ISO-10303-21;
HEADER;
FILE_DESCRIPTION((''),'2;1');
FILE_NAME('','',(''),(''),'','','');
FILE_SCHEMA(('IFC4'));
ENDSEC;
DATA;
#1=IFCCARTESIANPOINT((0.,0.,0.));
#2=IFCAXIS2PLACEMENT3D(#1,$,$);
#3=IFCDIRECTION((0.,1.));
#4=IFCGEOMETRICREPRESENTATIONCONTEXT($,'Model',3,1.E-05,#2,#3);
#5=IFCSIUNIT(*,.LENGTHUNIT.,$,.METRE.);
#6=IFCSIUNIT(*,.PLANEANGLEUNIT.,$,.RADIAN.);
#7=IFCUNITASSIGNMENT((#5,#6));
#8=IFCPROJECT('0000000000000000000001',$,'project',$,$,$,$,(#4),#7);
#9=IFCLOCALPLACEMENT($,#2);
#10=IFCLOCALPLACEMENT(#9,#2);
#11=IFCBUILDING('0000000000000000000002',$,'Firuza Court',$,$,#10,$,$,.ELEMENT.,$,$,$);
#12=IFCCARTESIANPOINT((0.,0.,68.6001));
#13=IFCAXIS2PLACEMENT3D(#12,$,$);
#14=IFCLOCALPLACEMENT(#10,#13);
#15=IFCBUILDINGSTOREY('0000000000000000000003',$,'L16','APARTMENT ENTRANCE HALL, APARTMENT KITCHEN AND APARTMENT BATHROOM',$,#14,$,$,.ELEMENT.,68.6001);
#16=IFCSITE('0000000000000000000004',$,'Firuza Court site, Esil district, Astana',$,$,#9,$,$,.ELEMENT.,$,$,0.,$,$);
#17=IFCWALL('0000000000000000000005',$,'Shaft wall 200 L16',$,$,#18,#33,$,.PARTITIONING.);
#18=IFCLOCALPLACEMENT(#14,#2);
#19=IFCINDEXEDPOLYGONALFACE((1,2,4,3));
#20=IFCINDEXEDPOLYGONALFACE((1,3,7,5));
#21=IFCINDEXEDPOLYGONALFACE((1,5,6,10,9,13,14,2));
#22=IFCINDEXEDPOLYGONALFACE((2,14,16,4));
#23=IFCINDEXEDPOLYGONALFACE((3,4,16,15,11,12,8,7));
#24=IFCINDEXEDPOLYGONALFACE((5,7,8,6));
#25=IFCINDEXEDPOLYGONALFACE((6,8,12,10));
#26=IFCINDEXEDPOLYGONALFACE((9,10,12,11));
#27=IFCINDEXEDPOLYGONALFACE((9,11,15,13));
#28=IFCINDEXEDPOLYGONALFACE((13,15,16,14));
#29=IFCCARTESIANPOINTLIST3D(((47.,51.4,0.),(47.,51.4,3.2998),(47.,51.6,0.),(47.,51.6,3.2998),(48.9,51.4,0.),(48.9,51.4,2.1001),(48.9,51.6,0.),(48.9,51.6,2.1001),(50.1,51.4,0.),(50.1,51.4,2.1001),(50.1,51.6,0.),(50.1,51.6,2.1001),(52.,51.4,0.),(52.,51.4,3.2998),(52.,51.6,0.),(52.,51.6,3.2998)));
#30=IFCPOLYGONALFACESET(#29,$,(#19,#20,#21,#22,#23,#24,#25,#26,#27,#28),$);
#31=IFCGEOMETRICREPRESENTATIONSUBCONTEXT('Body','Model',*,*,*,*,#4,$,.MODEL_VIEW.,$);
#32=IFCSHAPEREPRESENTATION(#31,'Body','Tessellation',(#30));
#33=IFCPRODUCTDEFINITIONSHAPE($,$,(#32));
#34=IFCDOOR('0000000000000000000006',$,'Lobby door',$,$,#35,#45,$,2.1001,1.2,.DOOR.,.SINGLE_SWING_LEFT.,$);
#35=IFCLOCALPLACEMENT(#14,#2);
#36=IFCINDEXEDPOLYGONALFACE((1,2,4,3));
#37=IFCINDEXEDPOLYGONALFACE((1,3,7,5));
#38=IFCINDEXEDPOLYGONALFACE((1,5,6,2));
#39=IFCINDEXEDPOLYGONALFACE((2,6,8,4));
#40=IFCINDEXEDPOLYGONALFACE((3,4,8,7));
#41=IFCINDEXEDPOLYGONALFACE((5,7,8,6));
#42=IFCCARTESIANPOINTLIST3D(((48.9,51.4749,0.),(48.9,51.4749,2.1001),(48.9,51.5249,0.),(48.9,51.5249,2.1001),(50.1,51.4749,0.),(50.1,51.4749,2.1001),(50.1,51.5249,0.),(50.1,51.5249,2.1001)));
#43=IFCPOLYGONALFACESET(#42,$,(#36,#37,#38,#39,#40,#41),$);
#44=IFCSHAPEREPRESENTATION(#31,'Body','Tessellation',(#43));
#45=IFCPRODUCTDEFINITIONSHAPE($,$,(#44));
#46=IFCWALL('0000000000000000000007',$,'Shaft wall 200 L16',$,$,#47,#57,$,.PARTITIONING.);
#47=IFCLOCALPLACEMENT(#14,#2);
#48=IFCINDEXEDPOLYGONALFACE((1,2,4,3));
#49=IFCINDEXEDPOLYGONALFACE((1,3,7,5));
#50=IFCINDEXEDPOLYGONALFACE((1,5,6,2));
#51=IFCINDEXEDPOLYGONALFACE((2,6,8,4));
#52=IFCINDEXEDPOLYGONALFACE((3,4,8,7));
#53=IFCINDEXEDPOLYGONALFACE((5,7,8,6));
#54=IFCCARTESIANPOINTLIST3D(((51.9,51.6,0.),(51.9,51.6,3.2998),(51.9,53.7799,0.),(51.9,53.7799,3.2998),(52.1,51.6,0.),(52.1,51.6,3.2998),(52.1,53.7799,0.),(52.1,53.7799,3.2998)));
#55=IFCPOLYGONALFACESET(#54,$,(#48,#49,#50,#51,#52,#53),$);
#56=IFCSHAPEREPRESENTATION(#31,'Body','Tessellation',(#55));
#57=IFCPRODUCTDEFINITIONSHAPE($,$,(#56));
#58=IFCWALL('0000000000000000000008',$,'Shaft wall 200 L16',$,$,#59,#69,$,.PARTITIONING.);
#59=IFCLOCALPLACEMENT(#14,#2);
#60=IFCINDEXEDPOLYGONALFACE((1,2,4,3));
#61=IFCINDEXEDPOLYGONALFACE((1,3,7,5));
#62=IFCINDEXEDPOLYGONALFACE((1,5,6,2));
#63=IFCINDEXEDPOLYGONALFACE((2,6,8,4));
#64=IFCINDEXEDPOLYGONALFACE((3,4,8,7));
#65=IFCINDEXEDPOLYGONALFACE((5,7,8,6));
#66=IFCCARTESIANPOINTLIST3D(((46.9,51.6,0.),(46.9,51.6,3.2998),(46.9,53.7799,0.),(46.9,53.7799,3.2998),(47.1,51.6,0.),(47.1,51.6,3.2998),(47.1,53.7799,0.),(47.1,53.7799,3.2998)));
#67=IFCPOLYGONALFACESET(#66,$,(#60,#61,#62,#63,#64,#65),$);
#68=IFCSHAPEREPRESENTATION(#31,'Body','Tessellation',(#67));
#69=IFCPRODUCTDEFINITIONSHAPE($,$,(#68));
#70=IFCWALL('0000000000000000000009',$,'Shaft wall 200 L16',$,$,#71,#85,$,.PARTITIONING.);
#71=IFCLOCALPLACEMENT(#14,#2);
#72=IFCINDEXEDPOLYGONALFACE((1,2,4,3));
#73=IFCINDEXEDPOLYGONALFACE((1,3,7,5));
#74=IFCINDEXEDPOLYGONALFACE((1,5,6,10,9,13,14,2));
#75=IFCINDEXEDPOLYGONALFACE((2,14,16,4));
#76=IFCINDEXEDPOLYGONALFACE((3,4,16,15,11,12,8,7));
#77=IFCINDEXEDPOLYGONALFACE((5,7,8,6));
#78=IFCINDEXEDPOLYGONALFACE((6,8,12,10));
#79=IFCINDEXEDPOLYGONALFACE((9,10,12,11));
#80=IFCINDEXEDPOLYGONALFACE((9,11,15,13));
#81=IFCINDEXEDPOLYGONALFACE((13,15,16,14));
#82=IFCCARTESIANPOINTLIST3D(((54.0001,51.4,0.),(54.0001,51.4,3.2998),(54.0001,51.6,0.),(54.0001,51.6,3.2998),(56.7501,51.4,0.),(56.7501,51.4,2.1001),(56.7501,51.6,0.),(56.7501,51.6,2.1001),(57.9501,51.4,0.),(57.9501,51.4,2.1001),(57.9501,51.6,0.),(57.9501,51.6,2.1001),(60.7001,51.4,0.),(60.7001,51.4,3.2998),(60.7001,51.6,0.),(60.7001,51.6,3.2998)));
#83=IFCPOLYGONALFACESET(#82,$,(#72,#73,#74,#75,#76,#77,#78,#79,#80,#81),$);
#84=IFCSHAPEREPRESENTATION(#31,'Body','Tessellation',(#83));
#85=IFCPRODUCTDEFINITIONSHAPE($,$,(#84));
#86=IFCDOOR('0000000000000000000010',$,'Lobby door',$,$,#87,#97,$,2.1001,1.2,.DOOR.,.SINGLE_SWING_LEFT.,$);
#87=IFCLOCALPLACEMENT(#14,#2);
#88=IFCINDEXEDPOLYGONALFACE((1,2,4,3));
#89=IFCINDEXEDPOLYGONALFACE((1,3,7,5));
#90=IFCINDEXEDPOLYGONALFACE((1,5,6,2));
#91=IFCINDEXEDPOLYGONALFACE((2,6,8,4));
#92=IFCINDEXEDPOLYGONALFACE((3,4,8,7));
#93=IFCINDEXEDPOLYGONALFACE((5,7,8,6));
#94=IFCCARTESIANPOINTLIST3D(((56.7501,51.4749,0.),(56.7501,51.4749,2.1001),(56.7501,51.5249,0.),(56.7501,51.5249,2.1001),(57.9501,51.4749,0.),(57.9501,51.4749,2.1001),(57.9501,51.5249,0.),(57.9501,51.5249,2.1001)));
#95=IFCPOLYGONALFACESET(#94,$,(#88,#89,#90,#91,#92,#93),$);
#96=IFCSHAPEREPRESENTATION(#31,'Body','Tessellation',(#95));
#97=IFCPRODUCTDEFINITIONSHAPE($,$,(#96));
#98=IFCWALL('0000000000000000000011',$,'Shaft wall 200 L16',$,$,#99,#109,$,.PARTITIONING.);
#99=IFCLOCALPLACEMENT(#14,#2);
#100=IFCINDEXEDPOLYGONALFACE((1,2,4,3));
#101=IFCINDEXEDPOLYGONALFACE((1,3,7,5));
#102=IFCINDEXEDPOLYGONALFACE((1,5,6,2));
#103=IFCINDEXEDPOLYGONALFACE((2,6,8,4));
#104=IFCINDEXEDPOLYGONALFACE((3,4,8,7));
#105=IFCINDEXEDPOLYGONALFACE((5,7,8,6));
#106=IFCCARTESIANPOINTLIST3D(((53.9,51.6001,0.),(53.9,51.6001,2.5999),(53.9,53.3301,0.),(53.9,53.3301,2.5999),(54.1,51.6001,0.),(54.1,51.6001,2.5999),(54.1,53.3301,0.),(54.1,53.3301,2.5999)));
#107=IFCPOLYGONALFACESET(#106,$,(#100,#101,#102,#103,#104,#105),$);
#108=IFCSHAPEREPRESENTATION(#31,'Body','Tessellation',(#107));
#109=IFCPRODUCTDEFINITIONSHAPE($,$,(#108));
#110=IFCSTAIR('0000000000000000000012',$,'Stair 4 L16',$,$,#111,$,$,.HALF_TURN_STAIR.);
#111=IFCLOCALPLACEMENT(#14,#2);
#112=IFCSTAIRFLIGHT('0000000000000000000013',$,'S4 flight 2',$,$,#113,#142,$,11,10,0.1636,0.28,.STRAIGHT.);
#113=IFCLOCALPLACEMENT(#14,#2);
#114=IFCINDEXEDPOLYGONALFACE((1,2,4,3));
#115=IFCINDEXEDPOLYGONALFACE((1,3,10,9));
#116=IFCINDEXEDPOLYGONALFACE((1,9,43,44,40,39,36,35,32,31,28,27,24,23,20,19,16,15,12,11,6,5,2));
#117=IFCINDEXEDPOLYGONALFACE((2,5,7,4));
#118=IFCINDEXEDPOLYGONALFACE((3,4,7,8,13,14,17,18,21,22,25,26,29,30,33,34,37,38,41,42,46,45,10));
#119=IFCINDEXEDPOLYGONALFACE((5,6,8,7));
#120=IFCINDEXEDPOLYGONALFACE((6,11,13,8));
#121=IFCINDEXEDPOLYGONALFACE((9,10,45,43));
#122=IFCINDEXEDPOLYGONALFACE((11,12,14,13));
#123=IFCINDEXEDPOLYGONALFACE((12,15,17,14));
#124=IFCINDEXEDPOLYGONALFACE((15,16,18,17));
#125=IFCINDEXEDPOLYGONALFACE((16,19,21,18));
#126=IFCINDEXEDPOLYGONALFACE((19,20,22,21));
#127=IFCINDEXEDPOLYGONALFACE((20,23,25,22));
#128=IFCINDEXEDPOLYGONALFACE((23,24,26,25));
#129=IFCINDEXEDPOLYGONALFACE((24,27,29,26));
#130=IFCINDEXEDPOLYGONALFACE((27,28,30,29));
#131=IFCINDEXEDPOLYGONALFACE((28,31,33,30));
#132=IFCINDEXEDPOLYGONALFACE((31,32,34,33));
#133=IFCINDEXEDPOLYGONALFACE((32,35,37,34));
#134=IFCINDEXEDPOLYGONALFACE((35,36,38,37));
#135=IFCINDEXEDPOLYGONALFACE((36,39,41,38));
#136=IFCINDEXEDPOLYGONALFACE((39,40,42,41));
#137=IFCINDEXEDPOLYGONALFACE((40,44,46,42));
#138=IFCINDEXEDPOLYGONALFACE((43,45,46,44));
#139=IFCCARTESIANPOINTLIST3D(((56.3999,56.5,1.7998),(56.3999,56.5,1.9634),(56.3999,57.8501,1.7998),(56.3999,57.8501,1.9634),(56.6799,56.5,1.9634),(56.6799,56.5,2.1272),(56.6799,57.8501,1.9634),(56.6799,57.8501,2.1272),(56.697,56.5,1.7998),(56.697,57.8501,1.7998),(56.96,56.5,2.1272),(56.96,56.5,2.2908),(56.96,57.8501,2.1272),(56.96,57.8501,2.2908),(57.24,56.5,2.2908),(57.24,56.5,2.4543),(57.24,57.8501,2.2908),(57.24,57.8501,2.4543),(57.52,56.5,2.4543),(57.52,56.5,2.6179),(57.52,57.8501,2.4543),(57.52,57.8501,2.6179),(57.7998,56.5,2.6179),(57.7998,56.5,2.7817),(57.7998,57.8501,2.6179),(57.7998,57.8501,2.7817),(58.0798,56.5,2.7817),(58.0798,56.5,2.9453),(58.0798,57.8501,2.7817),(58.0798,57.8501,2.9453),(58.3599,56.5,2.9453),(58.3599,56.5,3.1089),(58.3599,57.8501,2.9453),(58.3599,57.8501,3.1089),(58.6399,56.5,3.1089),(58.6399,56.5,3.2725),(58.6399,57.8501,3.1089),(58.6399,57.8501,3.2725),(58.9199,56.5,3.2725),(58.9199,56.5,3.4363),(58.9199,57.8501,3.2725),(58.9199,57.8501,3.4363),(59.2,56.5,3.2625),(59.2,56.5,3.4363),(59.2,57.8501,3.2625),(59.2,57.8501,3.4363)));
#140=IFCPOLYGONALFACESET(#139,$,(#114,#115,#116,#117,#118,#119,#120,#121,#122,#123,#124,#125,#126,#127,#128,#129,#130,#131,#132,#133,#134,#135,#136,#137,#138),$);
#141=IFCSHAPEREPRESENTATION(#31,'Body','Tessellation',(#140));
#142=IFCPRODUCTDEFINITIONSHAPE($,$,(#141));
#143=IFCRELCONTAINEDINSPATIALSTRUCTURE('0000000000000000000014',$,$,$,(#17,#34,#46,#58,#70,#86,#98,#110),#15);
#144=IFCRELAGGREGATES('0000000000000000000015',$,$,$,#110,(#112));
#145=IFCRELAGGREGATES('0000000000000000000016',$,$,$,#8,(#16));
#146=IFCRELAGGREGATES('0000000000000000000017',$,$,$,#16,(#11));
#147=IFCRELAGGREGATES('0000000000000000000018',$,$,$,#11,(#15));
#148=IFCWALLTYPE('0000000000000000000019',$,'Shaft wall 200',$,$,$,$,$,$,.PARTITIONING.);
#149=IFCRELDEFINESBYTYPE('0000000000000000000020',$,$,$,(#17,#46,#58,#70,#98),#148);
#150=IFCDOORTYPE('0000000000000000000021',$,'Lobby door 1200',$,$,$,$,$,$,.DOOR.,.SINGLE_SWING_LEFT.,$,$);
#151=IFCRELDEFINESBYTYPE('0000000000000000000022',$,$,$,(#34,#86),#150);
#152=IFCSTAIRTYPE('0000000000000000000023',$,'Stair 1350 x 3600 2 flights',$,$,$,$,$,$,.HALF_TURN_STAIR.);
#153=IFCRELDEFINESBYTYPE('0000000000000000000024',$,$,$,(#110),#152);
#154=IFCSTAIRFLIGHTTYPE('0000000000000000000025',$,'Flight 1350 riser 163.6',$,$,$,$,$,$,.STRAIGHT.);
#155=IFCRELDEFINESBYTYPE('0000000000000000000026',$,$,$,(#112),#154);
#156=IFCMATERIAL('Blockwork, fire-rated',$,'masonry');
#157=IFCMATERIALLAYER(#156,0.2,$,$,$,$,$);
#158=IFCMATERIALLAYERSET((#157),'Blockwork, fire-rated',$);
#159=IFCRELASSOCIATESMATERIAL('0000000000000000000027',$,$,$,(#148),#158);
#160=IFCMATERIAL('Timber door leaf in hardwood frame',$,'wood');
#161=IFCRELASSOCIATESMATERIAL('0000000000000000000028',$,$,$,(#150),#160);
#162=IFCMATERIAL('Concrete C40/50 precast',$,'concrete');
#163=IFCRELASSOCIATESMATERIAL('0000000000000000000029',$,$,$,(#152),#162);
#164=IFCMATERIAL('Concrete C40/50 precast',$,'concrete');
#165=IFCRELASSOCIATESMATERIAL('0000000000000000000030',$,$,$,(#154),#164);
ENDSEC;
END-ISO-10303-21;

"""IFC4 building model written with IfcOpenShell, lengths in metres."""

from ifc_helpers import new_model, si_unit, direction, frame, frame_2d, origin, place, context, subcontext, project, spatial, polyline, rectangle, outline, extrude, material, layer, layer_set, type_object, element, fill, aggregate, save


model = new_model("IFC4")

# Units and contexts
model_context = context("Model", 3, precision=1e-05, world=origin(), true_north=direction((0.0, 1.0)))
body_context = subcontext(model_context, "Body", "Model", "MODEL_VIEW")
ifc_project = project(units=[si_unit("LENGTHUNIT", "METRE"), si_unit("PLANEANGLEUNIT", "RADIAN")], contexts=[model_context])

# Site, building, storey
site_placement = place(None, origin())
site = spatial("IfcSite", under=ifc_project, at=site_placement, Name="Firuza Court site, Esil district, Astana", CompositionType="ELEMENT", RefElevation=0.0)
building_placement = place(site_placement, origin())
building = spatial("IfcBuilding", under=site, at=building_placement, Name="Firuza Court", CompositionType="ELEMENT")
storey_placement = place(building_placement, frame((0.0, 0.0, 68.6001)))
storey = spatial("IfcBuildingStorey", under=building, at=storey_placement, Name="L16", Description="APARTMENT ENTRANCE HALL, APARTMENT KITCHEN AND APARTMENT BATHROOM", CompositionType="ELEMENT", Elevation=68.6001)

# Wall, opening, door
ifc_material_1 = material(Name="Blockwork, fire-rated", Category="masonry")
ifc_layer_1 = layer(ifc_material_1, 0.2)
ifc_layer_set_1 = layer_set([ifc_layer_1], Name="Blockwork, fire-rated")
wall_type_1 = type_object("IfcWallType", Name="Shaft wall 200", PredefinedType="PARTITIONING", material=ifc_layer_set_1)
wall_1_placement = place(storey_placement, frame((47.0, 51.5, 0.0), z_axis=(0.0, 0.0, 1.0), x_axis=(1.0, 0.0, 0.0)))
wall_1 = element("IfcWall", 1, at=wall_1_placement, inside=storey, type_object=wall_type_1, Name="Shaft wall 200 L16", PredefinedType="PARTITIONING", context=body_context, shape_type="SweptSolid", body=[
    extrude(rectangle(XDim=5.0, YDim=0.2, at=frame_2d((2.5, 0.0))), origin(), (0.0, 0.0, 1.0), 3.2998),
])
opening_1_placement = place(wall_1_placement, frame((1.8999, 0.0, 0.0)))
opening_1 = element("IfcOpeningElement", 2, at=opening_1_placement, cuts=wall_1, PredefinedType="OPENING", context=body_context, shape_type="SweptSolid", body=[
    extrude(rectangle(XDim=1.2, YDim=2.1001, at=frame_2d((0.6001, 1.05))), frame((0.0, 0.1118, 0.0), z_axis=(0.0, -1.0, 0.0), x_axis=(1.0, 0.0, 0.0)), (0.0, 0.0, 1.0), 0.2239),
])
ifc_material_2 = material(Name="Timber door leaf in hardwood frame", Category="wood")
door_type_1 = type_object("IfcDoorType", Name="Lobby door 1200", OperationType="SINGLE_SWING_LEFT", PredefinedType="DOOR", material=ifc_material_2)
door_1_placement = place(opening_1_placement, origin())
door_1 = element("IfcDoor", 3, at=door_1_placement, inside=storey, type_object=door_type_1, Name="Lobby door", OperationType="SINGLE_SWING_LEFT", OverallHeight=2.1001, OverallWidth=1.2, PredefinedType="DOOR", context=body_context, shape_type="SweptSolid", body=[
    extrude(rectangle(XDim=1.2, YDim=2.1001, at=frame_2d((0.6001, 1.05))), frame((0.0, 0.0249, 0.0), z_axis=(0.0, -1.0, 0.0), x_axis=(1.0, 0.0, 0.0)), (0.0, 0.0, 1.0), 0.05),
])
fill(opening_1, door_1)

# Walls
for number, where, z_axis, x_axis, name in (
    (4, (52.0, 51.6001, 0.0), (0.0, 0.0, 1.0), (0.0, 1.0, 0.0), "Shaft wall 200 L16"),
    (5, (47.0, 51.6001, 0.0), (0.0, 0.0, 1.0), (0.0, 1.0, 0.0), "Shaft wall 200 L16"),
):
    element("IfcWall", number, at=place(storey_placement, frame(where, z_axis=z_axis, x_axis=x_axis)), inside=storey, type_object=wall_type_1, Name=name, PredefinedType="PARTITIONING", context=body_context, shape_type="SweptSolid", body=[
        extrude(rectangle(XDim=2.1799, YDim=0.2, at=frame_2d((1.0898, 0.0))), origin(), (0.0, 0.0, 1.0), 3.2998),
    ])

# Wall, opening, door
wall_2_placement = place(storey_placement, frame((54.0, 51.5, 0.0), z_axis=(0.0, 0.0, 1.0), x_axis=(1.0, 0.0, 0.0)))
wall_2 = element("IfcWall", 6, at=wall_2_placement, inside=storey, type_object=wall_type_1, Name="Shaft wall 200 L16", PredefinedType="PARTITIONING", context=body_context, shape_type="SweptSolid", body=[
    extrude(rectangle(XDim=6.7, YDim=0.2, at=frame_2d((3.3501, 0.0))), origin(), (0.0, 0.0, 1.0), 3.2998),
])
opening_2_placement = place(wall_2_placement, frame((2.75, 0.0, 0.0)))
opening_2 = element("IfcOpeningElement", 7, at=opening_2_placement, cuts=wall_2, PredefinedType="OPENING", context=body_context, shape_type="SweptSolid", body=[
    extrude(rectangle(XDim=1.2, YDim=2.1001, at=frame_2d((0.6001, 1.05))), frame((0.0, 0.1118, 0.0), z_axis=(0.0, -1.0, 0.0), x_axis=(1.0, 0.0, 0.0)), (0.0, 0.0, 1.0), 0.2239),
])
door_2_placement = place(opening_2_placement, origin())
door_2 = element("IfcDoor", 8, at=door_2_placement, inside=storey, type_object=door_type_1, Name="Lobby door", OperationType="SINGLE_SWING_LEFT", OverallHeight=2.1001, OverallWidth=1.2, PredefinedType="DOOR", context=body_context, shape_type="SweptSolid", body=[
    extrude(rectangle(XDim=1.2, YDim=2.1001, at=frame_2d((0.6001, 1.05))), frame((0.0, 0.0249, 0.0), z_axis=(0.0, -1.0, 0.0), x_axis=(1.0, 0.0, 0.0)), (0.0, 0.0, 1.0), 0.05),
])
fill(opening_2, door_2)

# Wall
wall_3_placement = place(storey_placement, frame((54.0, 51.6001, 0.0), z_axis=(0.0, 0.0, 1.0), x_axis=(0.0, 1.0, 0.0)))
element("IfcWall", 9, at=wall_3_placement, inside=storey, type_object=wall_type_1, Name="Shaft wall 200 L16", PredefinedType="PARTITIONING", context=body_context, shape_type="SweptSolid", body=[
    extrude(rectangle(XDim=1.73, YDim=0.2, at=frame_2d((0.865, 0.0))), origin(), (0.0, 0.0, 1.0), 2.5999),
])

# Stair, stair flight
ifc_material_3 = material(Name="Concrete C40/50 precast", Category="concrete")
stair_type = type_object("IfcStairType", Name="Stair 1350 x 3600 2 flights", PredefinedType="HALF_TURN_STAIR", material=ifc_material_3)
stair_placement = place(storey_placement, origin())
stair = element("IfcStair", 10, at=stair_placement, inside=storey, type_object=stair_type, Name="Stair 4 L16", PredefinedType="HALF_TURN_STAIR")
ifc_material_4 = material(Name="Concrete C40/50 precast", Category="concrete")
stair_flight_type = type_object("IfcStairFlightType", Name="Flight 1350 riser 163.6", PredefinedType="STRAIGHT", material=ifc_material_4)
stair_flight_placement = place(storey_placement, frame((56.3999, 57.175, 1.7998), z_axis=(0.0, 0.0, 1.0), x_axis=(1.0, 0.0, 0.0)))
stair_flight = element("IfcStairFlight", 11, at=stair_flight_placement, type_object=stair_flight_type, Name="S4 flight 2", NumberOfRisers=11, NumberOfTreads=10, PredefinedType="STRAIGHT", RiserHeight=0.1636, TreadLength=0.28, context=body_context, shape_type="SweptSolid", body=[
    extrude(outline(polyline([(0.0, 0.0), (0.0, 0.1636), (0.28, 0.1636), (0.28, 0.3274), (0.5601, 0.3274), (0.5601, 0.491), (0.8401, 0.491), (0.8401, 0.6545), (1.1201, 0.6545), (1.1201, 0.8181), (1.3999, 0.8181), (1.3999, 0.9819), (1.6799, 0.9819), (1.6799, 1.1455), (1.96, 1.1455), (1.96, 1.3091), (2.24, 1.3091), (2.24, 1.4727), (2.52, 1.4727), (2.52, 1.6365), (2.8, 1.6365), (2.8, 1.8), (2.8, 1.4626), (0.2971, 0.0), (0.0, 0.0)])), frame((0.0, 0.675, 0.0), z_axis=(0.0, -1.0, 0.0), x_axis=(1.0, 0.0, 0.0)), (0.0, 0.0, 1.0), 1.3501),
])
aggregate(stair, [stair_flight])

save(model, "model.ifc")
